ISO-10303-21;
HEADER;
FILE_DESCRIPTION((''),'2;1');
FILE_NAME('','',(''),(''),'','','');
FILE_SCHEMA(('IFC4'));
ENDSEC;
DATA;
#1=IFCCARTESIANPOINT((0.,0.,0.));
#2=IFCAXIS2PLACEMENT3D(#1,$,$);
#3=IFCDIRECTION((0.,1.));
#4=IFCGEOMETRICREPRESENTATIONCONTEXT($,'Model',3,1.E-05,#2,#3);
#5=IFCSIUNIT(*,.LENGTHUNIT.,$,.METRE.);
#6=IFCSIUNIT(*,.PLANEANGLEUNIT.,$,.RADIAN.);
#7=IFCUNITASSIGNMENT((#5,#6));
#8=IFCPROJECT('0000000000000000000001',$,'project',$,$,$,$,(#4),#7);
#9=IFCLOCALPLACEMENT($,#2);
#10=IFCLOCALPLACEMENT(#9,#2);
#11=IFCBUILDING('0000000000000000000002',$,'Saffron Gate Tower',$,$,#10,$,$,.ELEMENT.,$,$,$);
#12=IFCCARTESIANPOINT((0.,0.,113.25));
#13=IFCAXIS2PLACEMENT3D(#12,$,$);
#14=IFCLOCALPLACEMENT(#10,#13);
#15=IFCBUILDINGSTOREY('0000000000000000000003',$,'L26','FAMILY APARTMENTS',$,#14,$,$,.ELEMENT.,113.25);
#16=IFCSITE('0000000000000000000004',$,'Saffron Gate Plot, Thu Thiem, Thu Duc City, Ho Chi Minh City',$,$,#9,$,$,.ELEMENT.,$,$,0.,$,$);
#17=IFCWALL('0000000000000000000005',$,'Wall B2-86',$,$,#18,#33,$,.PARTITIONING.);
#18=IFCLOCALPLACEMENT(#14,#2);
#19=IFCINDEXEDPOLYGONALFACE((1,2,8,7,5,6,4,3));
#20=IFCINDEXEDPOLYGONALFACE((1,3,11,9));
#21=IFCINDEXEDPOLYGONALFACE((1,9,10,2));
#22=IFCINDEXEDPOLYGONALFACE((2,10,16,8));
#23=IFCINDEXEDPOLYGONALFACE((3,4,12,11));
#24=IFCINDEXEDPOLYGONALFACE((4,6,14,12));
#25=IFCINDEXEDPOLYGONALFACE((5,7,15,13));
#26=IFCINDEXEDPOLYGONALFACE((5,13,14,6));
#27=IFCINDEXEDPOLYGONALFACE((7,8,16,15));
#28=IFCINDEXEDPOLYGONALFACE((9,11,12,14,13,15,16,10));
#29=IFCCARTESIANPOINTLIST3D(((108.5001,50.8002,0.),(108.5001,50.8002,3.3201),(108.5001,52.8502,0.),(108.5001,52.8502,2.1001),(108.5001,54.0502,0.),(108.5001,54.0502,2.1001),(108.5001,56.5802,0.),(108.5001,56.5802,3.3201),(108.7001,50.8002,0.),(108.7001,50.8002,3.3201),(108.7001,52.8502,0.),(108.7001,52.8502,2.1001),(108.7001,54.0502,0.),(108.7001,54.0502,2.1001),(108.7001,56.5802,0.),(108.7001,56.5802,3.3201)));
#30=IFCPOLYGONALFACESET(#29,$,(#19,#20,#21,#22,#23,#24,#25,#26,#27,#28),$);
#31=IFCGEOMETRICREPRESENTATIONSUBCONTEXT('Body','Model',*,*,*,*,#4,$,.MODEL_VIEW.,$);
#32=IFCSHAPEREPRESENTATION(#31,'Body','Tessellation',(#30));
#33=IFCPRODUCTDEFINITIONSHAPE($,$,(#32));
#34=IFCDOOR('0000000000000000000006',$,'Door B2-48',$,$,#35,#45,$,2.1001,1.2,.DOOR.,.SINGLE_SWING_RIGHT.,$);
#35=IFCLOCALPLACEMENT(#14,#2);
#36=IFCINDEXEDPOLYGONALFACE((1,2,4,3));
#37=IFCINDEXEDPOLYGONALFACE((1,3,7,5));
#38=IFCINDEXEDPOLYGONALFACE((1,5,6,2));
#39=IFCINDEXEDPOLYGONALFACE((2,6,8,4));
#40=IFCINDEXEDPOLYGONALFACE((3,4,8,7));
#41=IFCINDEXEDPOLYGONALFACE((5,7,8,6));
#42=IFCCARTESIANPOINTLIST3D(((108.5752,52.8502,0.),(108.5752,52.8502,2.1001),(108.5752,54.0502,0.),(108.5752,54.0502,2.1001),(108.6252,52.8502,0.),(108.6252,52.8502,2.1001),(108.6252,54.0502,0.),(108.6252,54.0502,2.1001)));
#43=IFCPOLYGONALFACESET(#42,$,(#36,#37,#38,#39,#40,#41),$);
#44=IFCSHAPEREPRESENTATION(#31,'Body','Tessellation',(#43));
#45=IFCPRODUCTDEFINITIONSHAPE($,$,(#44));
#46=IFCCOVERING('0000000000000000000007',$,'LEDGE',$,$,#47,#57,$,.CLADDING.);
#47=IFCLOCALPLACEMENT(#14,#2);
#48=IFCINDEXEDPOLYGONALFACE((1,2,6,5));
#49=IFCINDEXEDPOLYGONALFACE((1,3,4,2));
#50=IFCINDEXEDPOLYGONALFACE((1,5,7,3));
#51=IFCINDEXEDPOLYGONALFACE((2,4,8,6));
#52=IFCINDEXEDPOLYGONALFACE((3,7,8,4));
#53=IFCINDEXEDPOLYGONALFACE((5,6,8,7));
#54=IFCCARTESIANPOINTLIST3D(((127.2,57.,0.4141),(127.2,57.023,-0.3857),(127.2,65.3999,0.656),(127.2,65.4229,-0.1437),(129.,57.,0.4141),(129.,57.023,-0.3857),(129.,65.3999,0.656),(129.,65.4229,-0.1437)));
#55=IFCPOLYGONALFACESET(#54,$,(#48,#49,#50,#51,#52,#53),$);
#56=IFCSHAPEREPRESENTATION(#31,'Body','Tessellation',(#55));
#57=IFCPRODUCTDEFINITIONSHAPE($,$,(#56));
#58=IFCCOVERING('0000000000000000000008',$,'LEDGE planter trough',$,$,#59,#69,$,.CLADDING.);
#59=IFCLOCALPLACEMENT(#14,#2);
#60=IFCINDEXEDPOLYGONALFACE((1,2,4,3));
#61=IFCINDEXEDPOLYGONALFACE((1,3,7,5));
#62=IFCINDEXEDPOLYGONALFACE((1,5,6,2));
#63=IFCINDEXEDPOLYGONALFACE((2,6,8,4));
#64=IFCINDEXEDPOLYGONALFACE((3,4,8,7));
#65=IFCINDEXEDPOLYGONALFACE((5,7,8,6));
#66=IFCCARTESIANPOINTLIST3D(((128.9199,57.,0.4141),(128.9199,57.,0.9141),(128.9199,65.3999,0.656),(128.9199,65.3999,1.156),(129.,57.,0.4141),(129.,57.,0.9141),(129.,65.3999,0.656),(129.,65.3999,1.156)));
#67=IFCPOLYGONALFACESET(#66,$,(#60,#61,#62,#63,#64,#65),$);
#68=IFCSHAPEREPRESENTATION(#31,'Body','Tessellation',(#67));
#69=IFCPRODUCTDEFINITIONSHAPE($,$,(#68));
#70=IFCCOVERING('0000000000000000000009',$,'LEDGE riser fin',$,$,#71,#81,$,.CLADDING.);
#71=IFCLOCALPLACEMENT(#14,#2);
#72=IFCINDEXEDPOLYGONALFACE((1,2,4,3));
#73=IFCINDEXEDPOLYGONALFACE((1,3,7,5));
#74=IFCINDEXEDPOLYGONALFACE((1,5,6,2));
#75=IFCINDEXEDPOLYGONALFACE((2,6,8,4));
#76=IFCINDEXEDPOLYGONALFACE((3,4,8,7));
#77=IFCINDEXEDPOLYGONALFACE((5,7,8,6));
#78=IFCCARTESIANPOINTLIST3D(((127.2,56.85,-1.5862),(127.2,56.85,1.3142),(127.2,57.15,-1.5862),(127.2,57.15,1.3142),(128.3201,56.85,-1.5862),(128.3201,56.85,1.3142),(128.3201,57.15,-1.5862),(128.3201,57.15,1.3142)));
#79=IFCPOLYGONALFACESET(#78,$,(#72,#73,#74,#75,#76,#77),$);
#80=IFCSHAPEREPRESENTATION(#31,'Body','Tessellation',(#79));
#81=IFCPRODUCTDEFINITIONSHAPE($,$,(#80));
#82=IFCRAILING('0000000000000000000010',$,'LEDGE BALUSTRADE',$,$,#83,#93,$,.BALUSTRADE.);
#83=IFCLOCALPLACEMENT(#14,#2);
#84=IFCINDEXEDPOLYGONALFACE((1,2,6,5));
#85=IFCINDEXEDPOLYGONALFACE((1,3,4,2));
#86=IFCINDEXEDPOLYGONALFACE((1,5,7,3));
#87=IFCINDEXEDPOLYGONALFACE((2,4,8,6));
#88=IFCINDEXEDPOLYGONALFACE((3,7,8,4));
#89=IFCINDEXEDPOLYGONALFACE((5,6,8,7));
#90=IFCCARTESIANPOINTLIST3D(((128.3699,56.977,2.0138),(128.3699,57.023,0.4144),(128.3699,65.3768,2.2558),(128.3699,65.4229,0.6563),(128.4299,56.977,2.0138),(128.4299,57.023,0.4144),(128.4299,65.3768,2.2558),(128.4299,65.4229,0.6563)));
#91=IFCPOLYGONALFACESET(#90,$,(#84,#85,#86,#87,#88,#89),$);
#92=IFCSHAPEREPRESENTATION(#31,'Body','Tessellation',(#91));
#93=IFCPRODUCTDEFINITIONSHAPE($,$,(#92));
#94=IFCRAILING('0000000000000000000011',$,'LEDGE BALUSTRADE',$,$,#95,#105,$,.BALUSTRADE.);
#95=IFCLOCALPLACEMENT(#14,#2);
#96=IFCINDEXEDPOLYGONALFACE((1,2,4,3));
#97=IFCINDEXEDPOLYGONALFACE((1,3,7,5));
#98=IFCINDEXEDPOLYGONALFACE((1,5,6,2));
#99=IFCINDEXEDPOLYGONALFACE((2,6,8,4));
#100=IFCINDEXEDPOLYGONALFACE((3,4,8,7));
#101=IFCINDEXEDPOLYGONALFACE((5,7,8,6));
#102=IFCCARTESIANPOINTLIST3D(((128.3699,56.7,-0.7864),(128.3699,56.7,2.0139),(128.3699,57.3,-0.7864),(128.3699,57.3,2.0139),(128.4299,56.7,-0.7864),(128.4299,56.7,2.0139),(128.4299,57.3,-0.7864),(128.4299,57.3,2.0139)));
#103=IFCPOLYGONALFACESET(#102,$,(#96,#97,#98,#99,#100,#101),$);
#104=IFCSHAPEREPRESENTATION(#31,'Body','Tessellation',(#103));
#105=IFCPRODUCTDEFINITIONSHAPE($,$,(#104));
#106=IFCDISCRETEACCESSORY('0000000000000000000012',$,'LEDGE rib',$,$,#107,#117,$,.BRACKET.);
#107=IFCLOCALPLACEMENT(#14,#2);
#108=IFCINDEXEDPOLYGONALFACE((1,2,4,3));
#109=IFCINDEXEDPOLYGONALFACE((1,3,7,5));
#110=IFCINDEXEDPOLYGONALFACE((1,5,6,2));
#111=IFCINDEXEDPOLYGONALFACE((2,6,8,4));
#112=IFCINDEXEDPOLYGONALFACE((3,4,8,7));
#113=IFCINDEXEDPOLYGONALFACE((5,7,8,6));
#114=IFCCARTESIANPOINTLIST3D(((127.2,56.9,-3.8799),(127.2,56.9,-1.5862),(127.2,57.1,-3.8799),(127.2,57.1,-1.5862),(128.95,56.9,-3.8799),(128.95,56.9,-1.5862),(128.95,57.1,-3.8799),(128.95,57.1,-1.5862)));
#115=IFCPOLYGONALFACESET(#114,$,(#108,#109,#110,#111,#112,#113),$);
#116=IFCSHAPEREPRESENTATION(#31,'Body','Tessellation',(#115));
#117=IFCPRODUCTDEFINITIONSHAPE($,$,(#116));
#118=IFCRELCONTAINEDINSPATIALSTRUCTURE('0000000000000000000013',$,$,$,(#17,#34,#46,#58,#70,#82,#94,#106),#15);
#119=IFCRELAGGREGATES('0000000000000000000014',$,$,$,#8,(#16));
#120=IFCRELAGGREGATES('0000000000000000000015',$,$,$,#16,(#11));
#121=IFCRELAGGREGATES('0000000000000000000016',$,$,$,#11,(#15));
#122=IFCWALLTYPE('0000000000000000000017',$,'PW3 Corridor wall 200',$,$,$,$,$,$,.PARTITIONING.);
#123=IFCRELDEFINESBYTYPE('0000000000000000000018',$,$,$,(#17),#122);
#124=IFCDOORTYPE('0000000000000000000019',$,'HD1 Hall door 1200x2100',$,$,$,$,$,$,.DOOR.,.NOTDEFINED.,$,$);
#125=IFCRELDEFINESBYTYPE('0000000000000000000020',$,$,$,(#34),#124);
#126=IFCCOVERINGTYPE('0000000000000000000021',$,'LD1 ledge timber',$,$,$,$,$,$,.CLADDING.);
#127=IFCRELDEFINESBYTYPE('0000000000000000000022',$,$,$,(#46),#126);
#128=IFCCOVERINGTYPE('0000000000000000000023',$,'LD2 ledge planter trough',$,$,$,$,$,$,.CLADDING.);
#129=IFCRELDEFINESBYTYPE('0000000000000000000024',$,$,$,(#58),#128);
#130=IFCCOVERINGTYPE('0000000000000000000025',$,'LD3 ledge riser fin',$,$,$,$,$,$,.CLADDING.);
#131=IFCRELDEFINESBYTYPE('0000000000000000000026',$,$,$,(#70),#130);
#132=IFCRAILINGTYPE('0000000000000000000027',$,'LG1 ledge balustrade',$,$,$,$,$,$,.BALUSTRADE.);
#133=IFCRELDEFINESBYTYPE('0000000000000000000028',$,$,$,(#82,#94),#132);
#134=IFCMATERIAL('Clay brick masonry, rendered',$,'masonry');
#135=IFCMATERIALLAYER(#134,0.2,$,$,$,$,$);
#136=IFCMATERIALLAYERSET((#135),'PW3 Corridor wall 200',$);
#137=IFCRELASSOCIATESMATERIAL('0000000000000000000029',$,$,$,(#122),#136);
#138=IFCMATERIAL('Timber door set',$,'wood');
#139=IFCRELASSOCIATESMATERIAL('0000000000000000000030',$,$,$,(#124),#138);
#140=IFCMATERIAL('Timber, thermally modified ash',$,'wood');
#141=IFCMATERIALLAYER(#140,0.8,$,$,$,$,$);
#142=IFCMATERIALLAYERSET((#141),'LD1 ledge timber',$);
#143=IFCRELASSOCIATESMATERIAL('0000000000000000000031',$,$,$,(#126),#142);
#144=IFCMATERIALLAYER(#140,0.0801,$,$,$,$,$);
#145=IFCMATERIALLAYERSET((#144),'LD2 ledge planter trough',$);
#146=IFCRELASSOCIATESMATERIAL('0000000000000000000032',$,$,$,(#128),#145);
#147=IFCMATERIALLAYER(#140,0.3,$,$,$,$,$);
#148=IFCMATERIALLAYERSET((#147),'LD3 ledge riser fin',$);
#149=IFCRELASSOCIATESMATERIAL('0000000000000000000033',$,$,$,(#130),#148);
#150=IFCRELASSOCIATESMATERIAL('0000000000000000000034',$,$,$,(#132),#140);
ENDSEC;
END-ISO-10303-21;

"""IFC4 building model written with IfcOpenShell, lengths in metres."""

from ifc_helpers import new_model, si_unit, direction, frame, frame_2d, origin, origin_2d, place, context, subcontext, project, spatial, polyline, rectangle, outline, extrude, material, layer, layer_set, type_object, element, fill, save


model = new_model("IFC4")

# Units and contexts
model_context = context("Model", 3, precision=1e-05, world=origin(), true_north=direction((0.0, 1.0)))
body_context = subcontext(model_context, "Body", "Model", "MODEL_VIEW")
ifc_project = project(units=[si_unit("LENGTHUNIT", "METRE"), si_unit("PLANEANGLEUNIT", "RADIAN")], contexts=[model_context])

# Site, building, storey
site_placement = place(None, origin())
site = spatial("IfcSite", under=ifc_project, at=site_placement, Name="Saffron Gate Plot, Thu Thiem, Thu Duc City, Ho Chi Minh City", CompositionType="ELEMENT", RefElevation=0.0)
building_placement = place(site_placement, origin())
building = spatial("IfcBuilding", under=site, at=building_placement, Name="Saffron Gate Tower", CompositionType="ELEMENT")
storey_placement = place(building_placement, frame((0.0, 0.0, 113.25)))
storey = spatial("IfcBuildingStorey", under=building, at=storey_placement, Name="L26", Description="FAMILY APARTMENTS", CompositionType="ELEMENT", Elevation=113.25)

# Shared definitions
ifc_material_1 = material(Name="Timber door set", Category="wood")

# Shared definitions
ifc_material_2 = material(Name="Clay brick masonry, rendered", Category="masonry")
ifc_layer_1 = layer(ifc_material_2, 0.2)
ifc_layer_set_1 = layer_set([ifc_layer_1], Name="PW3 Corridor wall 200")
wall_type_1 = type_object("IfcWallType", Name="PW3 Corridor wall 200", PredefinedType="PARTITIONING", material=ifc_layer_set_1)

# Wall, opening, door
wall_1_placement = place(storey_placement, frame((108.6001, 50.8, 0.0), z_axis=(0.0, 0.0, 1.0), x_axis=(0.0, 1.0, 0.0)))
wall_1 = element("IfcWall", 1, at=wall_1_placement, inside=storey, type_object=wall_type_1, Name="Wall B2-86", PredefinedType="PARTITIONING", context=body_context, shape_type="SweptSolid", body=[
    extrude(rectangle(XDim=5.78, YDim=0.2, at=frame_2d((2.8901, 0.0))), origin(), (0.0, 0.0, 1.0), 3.3201),
])
opening_1_placement = place(wall_1_placement, frame((2.05, 0.0, 0.0)))
opening_1 = element("IfcOpeningElement", 2, at=opening_1_placement, cuts=wall_1, PredefinedType="OPENING", context=body_context, shape_type="SweptSolid", body=[
    extrude(rectangle(XDim=1.2, YDim=2.1001, at=frame_2d((0.6001, 1.05))), frame((0.0, 0.1099, 0.0), z_axis=(0.0, -1.0, 0.0), x_axis=(1.0, 0.0, 0.0)), (0.0, 0.0, 1.0), 0.22),
])
door_type_1 = type_object("IfcDoorType", Name="HD1 Hall door 1200x2100", OperationType="NOTDEFINED", PredefinedType="DOOR", material=ifc_material_1)
door_1_placement = place(opening_1_placement, origin())
door_1 = element("IfcDoor", 3, at=door_1_placement, inside=storey, type_object=door_type_1, Name="Door B2-48", OperationType="SINGLE_SWING_RIGHT", OverallHeight=2.1001, OverallWidth=1.2, PredefinedType="DOOR", context=body_context, shape_type="SweptSolid", body=[
    extrude(rectangle(XDim=1.2, YDim=2.1001, at=frame_2d((0.6001, 1.05))), frame((0.0, 0.0249, 0.0), z_axis=(0.0, -1.0, 0.0), x_axis=(1.0, 0.0, 0.0)), (0.0, 0.0, 1.0), 0.05),
])
fill(opening_1, door_1)

# Coverings
ifc_material_3 = material(Name="Timber, thermally modified ash", Category="wood")
ifc_layer_2 = layer(ifc_material_3, 0.8)
ifc_layer_set_2 = layer_set([ifc_layer_2], Name="LD1 ledge timber")
covering_type_1 = type_object("IfcCoveringType", Name="LD1 ledge timber", PredefinedType="CLADDING", material=ifc_layer_set_2)
covering_1_placement = place(storey_placement, frame((127.2, 57.0, 0.4141), z_axis=(0.0, -0.028791, 0.999585), x_axis=(0.0, 0.999585, 0.028791)))
element("IfcCovering", 4, at=covering_1_placement, inside=storey, type_object=covering_type_1, Name="LEDGE", PredefinedType="CLADDING", context=body_context, shape_type="SweptSolid", body=[
    extrude(outline(polyline([(0.0, 0.0), (8.4034, 0.0), (8.4034, -1.8), (0.0, -1.8), (0.0, 0.0)])), origin(), (0.0, 0.0, -1.0), 0.8),
])
ifc_layer_3 = layer(ifc_material_3, 0.0801)
ifc_layer_set_3 = layer_set([ifc_layer_3], Name="LD2 ledge planter trough")
covering_type_2 = type_object("IfcCoveringType", Name="LD2 ledge planter trough", PredefinedType="CLADDING", material=ifc_layer_set_3)
covering_2_placement = place(storey_placement, frame((129.0, 57.0, 0.4141), z_axis=(1.0, 0.0, 0.0), x_axis=(0.0, 0.999585, 0.028791)))
element("IfcCovering", 5, at=covering_2_placement, inside=storey, type_object=covering_type_2, Name="LEDGE planter trough", PredefinedType="CLADDING", context=body_context, shape_type="SweptSolid", body=[
    extrude(outline(polyline([(0.0, 0.0), (8.4034, 0.0), (8.4178, 0.4998), (0.0144, 0.4998), (0.0, 0.0)])), origin(), (0.0, 0.0, -1.0), 0.0801),
])
ifc_layer_4 = layer(ifc_material_3, 0.3)
ifc_layer_set_4 = layer_set([ifc_layer_4], Name="LD3 ledge riser fin")
covering_type_3 = type_object("IfcCoveringType", Name="LD3 ledge riser fin", PredefinedType="CLADDING", material=ifc_layer_set_4)
covering_3_placement = place(storey_placement, frame((127.76, 57.0, -1.5862), z_axis=(0.0, 0.0, 1.0), x_axis=(0.0, 1.0, 0.0)))
element("IfcCovering", 6, at=covering_3_placement, inside=storey, type_object=covering_type_3, Name="LEDGE riser fin", PredefinedType="CLADDING", context=body_context, shape_type="SweptSolid", body=[
    extrude(rectangle(XDim=0.3, YDim=1.1201, at=origin_2d()), origin(), (0.0, 0.0, 1.0), 2.9004),
])

# Railings
railing_type = type_object("IfcRailingType", Name="LG1 ledge balustrade", PredefinedType="BALUSTRADE", material=ifc_material_3)
railing_1_placement = place(storey_placement, frame((128.3999, 57.0, 0.4141)))
element("IfcRailing", 7, at=railing_1_placement, inside=storey, type_object=railing_type, Name="LEDGE BALUSTRADE", PredefinedType="BALUSTRADE", context=body_context, shape_type="SweptSolid", body=[
    extrude(rectangle(XDim=0.0601, YDim=1.6001, at=origin_2d()), frame((0.0, 0.0, 0.8), z_axis=(0.0, 0.999585, 0.028791), x_axis=(-1.0, 0.0, 0.0)), (0.0, 0.0, 1.0), 8.4033),
])
railing_2_placement = place(storey_placement, frame((128.3999, 56.7, -0.7864)))
element("IfcRailing", 8, at=railing_2_placement, inside=storey, type_object=railing_type, Name="LEDGE BALUSTRADE", PredefinedType="BALUSTRADE", context=body_context, shape_type="SweptSolid", body=[
    extrude(rectangle(XDim=0.0601, YDim=2.8003, at=origin_2d()), frame((0.0, 0.0, 1.4001), z_axis=(0.0, 1.0, 0.0), x_axis=(-1.0, 0.0, 0.0)), (0.0, 0.0, 1.0), 0.6001),
])

# Discrete accessory
discrete_accessory_placement = place(storey_placement, frame((128.075, 57.0, -3.8799), z_axis=(0.0, 0.0, 1.0), x_axis=(0.0, 1.0, 0.0)))
element("IfcDiscreteAccessory", 9, at=discrete_accessory_placement, inside=storey, Name="LEDGE rib", PredefinedType="BRACKET", context=body_context, shape_type="SweptSolid", body=[
    extrude(rectangle(XDim=0.2, YDim=1.75, at=origin_2d()), origin(), (0.0, 0.0, 1.0), 2.2937),
])

save(model, "model.ifc")
